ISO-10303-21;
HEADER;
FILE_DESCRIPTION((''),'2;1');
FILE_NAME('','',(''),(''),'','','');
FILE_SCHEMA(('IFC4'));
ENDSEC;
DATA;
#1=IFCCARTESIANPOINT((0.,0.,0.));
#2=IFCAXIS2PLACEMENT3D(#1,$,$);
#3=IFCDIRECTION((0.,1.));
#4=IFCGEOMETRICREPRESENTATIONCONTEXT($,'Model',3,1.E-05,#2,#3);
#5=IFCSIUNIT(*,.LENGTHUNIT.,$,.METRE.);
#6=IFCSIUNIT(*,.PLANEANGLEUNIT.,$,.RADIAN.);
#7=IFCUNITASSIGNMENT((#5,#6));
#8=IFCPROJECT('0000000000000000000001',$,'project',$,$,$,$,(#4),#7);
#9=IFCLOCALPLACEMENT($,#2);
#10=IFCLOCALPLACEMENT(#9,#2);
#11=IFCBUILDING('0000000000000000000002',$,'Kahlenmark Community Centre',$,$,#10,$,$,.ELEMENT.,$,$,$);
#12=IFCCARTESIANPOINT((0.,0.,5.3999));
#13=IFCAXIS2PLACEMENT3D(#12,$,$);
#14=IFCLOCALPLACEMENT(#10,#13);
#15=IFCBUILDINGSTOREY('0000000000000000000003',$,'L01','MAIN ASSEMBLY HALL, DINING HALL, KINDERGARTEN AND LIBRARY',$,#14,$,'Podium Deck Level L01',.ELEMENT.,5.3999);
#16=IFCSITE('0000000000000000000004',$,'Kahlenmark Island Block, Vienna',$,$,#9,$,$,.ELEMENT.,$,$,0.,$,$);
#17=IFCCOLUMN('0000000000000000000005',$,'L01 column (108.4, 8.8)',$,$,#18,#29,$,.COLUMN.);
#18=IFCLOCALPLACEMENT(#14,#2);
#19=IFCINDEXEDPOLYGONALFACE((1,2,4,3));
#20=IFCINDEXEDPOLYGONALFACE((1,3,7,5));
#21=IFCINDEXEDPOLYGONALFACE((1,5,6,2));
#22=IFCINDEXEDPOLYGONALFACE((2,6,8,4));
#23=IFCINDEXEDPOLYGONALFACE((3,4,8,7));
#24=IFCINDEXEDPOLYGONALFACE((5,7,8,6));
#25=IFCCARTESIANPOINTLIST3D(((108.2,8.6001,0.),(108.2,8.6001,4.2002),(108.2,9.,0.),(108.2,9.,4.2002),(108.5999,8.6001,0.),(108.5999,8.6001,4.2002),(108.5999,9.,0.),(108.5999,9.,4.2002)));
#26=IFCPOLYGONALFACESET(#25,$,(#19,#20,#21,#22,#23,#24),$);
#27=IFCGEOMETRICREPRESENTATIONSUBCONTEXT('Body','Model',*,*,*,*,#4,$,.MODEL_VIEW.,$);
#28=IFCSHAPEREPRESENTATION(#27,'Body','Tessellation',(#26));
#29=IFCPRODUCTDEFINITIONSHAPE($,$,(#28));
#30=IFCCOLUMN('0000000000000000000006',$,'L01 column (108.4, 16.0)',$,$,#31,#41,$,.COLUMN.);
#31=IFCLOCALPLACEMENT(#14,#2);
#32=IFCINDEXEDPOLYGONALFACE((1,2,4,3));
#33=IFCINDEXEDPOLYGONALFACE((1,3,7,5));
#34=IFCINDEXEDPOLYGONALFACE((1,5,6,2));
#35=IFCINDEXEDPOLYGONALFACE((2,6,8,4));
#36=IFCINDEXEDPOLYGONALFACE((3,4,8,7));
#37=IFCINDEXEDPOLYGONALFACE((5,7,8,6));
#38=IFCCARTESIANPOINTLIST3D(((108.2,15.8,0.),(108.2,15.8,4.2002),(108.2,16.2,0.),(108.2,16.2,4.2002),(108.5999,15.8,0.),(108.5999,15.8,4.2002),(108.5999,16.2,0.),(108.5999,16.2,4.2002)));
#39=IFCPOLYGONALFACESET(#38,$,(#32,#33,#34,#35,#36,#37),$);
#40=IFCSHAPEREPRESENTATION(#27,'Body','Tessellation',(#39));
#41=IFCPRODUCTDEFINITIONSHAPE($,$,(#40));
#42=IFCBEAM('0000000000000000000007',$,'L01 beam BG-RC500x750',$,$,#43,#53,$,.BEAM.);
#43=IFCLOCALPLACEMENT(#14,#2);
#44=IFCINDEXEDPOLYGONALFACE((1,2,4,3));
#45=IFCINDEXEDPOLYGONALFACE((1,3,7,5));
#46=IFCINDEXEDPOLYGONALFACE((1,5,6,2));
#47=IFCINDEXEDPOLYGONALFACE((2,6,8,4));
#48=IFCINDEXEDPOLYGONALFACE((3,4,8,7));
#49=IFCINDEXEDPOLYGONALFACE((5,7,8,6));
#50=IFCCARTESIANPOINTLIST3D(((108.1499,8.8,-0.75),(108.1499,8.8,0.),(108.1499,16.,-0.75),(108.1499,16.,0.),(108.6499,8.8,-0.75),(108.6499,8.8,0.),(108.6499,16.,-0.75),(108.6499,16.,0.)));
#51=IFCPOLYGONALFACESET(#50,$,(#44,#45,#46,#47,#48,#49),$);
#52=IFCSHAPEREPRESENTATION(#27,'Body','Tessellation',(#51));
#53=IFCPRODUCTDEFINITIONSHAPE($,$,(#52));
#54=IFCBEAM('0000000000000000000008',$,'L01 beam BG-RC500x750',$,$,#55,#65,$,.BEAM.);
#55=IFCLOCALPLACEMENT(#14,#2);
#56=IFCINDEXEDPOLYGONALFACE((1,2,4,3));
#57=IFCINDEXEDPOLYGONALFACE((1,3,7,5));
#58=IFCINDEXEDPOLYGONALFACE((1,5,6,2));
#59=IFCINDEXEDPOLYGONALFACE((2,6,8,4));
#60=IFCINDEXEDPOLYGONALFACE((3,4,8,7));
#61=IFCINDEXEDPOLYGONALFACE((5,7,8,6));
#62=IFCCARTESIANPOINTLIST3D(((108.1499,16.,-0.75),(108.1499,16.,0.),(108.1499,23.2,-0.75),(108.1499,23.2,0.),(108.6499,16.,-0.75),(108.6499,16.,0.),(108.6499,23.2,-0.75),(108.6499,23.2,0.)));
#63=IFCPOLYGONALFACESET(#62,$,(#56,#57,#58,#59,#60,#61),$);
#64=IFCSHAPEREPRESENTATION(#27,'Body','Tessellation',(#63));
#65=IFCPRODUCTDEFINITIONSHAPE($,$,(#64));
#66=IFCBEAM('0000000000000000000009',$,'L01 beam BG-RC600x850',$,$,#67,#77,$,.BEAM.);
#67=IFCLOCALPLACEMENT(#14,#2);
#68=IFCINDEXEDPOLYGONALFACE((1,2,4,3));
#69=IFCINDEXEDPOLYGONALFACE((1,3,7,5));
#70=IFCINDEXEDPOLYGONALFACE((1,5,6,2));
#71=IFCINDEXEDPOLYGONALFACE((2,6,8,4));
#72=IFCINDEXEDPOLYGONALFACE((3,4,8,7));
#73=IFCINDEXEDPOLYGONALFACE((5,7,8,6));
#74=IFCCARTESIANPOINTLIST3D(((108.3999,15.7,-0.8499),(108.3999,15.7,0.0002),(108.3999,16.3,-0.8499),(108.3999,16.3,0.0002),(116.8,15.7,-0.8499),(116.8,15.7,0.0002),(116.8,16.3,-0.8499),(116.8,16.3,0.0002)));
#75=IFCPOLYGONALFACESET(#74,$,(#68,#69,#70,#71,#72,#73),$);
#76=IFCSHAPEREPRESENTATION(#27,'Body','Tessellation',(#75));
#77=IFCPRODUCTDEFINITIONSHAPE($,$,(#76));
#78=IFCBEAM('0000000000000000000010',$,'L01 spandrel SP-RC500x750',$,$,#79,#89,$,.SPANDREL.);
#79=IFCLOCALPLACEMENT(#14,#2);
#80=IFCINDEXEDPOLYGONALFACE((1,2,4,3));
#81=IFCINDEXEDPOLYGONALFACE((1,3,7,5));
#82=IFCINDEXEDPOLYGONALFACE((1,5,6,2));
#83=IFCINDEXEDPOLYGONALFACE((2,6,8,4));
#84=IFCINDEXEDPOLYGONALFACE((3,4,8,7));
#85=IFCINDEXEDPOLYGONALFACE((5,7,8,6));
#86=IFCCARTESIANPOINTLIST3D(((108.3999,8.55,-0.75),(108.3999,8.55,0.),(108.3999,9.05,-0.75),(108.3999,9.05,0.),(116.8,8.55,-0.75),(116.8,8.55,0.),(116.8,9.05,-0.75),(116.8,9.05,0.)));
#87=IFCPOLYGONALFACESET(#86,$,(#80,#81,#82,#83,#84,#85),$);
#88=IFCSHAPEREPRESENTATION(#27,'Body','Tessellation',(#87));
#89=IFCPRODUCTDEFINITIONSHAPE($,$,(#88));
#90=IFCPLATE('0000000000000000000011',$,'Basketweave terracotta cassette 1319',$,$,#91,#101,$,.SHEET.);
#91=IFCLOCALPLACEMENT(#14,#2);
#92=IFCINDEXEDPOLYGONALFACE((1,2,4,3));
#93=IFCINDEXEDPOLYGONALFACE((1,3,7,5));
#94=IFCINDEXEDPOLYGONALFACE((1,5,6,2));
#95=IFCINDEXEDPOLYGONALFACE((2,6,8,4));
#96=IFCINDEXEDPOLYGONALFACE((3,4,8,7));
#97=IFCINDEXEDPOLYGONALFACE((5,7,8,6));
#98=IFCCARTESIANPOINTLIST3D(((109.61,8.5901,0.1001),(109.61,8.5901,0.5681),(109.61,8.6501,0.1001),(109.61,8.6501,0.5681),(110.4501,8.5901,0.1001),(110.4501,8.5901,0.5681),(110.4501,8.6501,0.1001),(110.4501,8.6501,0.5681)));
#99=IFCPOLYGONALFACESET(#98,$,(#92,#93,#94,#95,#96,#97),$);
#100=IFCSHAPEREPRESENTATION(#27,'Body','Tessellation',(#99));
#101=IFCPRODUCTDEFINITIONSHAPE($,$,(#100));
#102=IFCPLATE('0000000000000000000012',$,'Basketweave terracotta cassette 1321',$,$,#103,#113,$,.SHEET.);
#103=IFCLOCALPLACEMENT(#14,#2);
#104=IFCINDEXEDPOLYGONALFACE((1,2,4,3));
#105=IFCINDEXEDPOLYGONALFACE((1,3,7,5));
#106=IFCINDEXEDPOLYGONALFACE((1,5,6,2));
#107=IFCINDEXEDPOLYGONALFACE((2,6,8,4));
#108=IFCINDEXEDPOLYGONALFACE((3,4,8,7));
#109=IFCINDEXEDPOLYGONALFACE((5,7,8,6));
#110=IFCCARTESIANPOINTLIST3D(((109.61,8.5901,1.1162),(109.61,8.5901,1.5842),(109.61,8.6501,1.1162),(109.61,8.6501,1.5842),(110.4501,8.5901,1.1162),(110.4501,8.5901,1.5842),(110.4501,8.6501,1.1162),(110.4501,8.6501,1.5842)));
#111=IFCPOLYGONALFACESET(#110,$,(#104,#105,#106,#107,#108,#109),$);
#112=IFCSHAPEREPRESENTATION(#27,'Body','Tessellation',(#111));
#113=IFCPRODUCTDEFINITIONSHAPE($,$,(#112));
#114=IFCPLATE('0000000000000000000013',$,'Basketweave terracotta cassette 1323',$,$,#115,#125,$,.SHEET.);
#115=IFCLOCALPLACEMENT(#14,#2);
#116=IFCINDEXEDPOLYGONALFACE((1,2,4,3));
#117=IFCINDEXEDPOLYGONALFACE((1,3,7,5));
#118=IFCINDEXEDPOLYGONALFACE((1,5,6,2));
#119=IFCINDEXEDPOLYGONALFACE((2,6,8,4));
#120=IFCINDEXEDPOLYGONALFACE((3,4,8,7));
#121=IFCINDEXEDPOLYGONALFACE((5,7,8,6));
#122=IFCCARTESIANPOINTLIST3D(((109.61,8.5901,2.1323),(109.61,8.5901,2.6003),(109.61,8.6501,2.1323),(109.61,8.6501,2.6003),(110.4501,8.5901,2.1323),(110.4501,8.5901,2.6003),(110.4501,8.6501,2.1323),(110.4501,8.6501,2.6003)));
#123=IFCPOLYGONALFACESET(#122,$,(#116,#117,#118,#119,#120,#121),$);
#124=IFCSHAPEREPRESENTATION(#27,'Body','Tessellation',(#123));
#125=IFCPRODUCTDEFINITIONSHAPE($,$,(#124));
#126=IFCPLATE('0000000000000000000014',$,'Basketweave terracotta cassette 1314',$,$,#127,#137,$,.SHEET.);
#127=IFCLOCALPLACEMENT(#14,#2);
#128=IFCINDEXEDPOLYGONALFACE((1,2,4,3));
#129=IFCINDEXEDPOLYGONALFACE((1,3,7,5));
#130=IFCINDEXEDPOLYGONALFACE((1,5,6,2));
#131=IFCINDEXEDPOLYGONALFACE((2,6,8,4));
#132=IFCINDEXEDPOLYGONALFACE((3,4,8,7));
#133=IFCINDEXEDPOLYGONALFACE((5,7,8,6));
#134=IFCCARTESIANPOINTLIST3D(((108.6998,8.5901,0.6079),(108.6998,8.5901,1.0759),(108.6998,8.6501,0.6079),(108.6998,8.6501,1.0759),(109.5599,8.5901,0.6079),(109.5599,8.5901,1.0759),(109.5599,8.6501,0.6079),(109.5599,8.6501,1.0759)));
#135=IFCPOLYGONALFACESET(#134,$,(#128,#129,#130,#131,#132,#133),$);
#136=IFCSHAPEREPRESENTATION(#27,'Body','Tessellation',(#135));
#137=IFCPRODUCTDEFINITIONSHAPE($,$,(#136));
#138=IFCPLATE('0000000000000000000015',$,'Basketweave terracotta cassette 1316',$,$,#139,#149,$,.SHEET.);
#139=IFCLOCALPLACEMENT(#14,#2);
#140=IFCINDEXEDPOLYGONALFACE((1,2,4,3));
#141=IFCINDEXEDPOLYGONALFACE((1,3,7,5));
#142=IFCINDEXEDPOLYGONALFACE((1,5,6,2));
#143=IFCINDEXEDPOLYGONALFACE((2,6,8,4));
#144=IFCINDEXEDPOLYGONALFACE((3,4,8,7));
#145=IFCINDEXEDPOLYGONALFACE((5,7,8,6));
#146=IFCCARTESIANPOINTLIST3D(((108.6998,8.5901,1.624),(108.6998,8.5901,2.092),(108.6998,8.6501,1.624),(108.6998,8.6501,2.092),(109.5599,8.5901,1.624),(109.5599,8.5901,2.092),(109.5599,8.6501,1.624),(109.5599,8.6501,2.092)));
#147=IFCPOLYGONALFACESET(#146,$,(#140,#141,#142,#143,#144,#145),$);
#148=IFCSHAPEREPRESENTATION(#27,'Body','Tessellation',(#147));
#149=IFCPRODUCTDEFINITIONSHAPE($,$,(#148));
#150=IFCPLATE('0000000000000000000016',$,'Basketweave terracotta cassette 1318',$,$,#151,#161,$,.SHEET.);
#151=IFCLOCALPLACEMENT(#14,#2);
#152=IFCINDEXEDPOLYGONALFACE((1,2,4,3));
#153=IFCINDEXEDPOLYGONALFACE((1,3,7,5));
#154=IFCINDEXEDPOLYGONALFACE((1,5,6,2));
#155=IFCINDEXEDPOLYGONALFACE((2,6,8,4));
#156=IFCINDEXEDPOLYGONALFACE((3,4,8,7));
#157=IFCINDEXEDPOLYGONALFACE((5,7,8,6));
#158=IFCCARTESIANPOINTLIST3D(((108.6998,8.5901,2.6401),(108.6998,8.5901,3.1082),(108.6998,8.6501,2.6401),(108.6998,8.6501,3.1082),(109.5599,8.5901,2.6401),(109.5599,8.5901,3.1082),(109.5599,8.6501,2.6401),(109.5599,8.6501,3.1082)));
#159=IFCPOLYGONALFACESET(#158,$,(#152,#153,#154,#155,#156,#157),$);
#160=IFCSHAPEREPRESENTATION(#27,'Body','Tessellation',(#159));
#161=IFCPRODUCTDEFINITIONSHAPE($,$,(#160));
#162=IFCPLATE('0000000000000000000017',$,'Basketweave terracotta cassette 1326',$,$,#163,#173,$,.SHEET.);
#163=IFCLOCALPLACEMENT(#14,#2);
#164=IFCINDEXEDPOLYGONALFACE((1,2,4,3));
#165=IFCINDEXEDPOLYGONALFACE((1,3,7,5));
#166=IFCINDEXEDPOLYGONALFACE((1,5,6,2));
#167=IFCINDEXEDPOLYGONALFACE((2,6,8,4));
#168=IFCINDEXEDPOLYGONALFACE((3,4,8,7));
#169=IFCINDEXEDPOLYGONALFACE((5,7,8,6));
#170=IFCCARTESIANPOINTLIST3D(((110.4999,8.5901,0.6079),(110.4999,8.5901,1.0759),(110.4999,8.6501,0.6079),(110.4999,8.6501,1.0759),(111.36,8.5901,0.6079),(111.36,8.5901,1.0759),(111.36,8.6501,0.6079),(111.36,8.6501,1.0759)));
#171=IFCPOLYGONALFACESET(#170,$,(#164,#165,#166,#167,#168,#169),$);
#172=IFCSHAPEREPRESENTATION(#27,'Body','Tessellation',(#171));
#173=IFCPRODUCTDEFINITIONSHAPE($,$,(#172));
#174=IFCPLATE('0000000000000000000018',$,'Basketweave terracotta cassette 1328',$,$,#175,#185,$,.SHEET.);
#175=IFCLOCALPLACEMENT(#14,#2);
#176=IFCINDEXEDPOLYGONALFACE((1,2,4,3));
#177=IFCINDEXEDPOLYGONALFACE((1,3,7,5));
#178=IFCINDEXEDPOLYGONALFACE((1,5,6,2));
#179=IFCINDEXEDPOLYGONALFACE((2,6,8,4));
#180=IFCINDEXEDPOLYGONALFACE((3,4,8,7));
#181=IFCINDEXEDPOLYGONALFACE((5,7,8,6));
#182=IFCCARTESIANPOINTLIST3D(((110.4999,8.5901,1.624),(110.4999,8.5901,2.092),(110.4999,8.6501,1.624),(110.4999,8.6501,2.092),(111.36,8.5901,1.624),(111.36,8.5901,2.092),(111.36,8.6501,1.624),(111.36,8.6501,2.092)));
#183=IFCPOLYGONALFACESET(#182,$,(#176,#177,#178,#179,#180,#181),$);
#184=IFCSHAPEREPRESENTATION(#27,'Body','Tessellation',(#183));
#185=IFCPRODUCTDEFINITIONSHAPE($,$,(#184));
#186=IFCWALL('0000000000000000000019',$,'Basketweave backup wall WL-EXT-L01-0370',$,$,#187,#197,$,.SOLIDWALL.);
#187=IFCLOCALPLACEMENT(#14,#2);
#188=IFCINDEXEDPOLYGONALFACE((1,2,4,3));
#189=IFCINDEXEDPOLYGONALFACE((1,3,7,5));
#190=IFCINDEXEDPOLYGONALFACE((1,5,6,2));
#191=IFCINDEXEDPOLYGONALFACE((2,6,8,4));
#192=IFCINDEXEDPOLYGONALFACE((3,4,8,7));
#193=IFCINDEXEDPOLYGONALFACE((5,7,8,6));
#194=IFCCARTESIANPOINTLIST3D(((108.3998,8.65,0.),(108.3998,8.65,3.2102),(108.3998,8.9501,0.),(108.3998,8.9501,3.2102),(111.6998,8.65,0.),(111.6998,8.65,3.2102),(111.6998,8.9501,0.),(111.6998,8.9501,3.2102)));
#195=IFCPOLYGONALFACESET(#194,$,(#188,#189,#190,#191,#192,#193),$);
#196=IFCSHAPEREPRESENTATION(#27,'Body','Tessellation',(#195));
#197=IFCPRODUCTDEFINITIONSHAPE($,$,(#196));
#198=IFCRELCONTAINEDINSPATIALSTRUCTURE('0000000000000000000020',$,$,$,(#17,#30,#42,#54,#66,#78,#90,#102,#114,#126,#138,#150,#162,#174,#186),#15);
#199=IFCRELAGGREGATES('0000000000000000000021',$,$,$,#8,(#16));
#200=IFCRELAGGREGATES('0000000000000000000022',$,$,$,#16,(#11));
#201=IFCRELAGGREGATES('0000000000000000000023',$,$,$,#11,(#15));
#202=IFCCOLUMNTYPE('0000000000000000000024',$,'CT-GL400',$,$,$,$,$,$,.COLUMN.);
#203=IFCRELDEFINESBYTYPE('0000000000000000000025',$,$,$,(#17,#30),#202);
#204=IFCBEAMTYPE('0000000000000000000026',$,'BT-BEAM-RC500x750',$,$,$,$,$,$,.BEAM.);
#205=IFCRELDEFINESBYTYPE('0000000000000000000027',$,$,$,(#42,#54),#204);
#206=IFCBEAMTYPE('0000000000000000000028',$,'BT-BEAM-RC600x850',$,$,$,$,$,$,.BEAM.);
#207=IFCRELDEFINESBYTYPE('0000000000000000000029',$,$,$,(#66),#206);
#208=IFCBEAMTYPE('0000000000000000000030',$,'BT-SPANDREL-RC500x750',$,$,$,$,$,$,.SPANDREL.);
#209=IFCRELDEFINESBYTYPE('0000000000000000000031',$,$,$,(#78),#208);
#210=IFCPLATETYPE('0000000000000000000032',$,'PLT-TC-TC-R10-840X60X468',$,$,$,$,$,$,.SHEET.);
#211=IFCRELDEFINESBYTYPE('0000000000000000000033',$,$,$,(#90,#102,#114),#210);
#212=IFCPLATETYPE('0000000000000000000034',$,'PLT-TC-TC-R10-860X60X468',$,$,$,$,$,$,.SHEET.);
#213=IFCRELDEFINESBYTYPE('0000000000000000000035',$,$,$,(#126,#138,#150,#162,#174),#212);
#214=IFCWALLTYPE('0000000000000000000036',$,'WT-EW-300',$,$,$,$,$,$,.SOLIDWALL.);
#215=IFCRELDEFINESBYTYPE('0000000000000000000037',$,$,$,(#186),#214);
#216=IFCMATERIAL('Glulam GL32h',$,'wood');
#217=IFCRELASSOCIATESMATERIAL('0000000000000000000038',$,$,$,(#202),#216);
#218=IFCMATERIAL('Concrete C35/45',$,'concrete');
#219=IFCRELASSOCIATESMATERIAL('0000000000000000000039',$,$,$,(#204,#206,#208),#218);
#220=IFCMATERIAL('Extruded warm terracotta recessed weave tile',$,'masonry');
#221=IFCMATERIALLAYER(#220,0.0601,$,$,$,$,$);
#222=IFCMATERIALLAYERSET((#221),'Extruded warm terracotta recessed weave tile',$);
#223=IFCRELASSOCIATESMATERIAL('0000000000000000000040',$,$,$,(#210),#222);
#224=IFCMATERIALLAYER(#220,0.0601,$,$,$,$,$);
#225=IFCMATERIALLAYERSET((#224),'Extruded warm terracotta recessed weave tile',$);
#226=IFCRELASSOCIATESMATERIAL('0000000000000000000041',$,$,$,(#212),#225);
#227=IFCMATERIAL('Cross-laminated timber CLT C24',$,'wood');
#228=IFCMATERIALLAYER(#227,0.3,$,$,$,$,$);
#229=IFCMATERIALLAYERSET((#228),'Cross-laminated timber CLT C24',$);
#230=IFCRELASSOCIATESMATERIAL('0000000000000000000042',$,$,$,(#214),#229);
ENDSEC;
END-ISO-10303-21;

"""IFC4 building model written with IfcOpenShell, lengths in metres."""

from ifc_helpers import new_model, si_unit, direction, frame, frame_2d, origin, origin_2d, place, context, subcontext, project, spatial, rectangle, extrude, material, layer, layer_set, material_profile, profile_set, type_object, element, save


model = new_model("IFC4")

# Units and contexts
model_context = context("Model", 3, precision=1e-05, world=origin(), true_north=direction((0.0, 1.0)))
body_context = subcontext(model_context, "Body", "Model", "MODEL_VIEW")
ifc_project = project(units=[si_unit("LENGTHUNIT", "METRE"), si_unit("PLANEANGLEUNIT", "RADIAN")], contexts=[model_context])

# Site, building, storey
site_placement = place(None, origin())
site = spatial("IfcSite", under=ifc_project, at=site_placement, Name="Kahlenmark Island Block, Vienna", CompositionType="ELEMENT", RefElevation=0.0)
building_placement = place(site_placement, origin())
building = spatial("IfcBuilding", under=site, at=building_placement, Name="Kahlenmark Community Centre", CompositionType="ELEMENT")
storey_placement = place(building_placement, frame((0.0, 0.0, 5.3999)))
storey = spatial("IfcBuildingStorey", under=building, at=storey_placement, Name="L01", Description="MAIN ASSEMBLY HALL, DINING HALL, KINDERGARTEN AND LIBRARY", LongName="Podium Deck Level L01", CompositionType="ELEMENT", Elevation=5.3999)

# Columns
ifc_material_1 = material(Name="Glulam GL32h", Category="wood")
ifc_material_profile_1 = material_profile(ifc_material_1, rectangle(XDim=0.3999, YDim=0.3999, at=origin_2d()), Name="GL32h 400x400")
ifc_profile_set_1 = profile_set([ifc_material_profile_1], Name="Glulam GL32h")
column_type = type_object("IfcColumnType", Name="CT-GL400", PredefinedType="COLUMN", material=ifc_profile_set_1)
for number, where, z_axis, x_axis, name in (
    (1, (108.3999, 8.8, 0.0), (0.0, 0.0, 1.0), (1.0, 0.0, 0.0), "L01 column (108.4, 8.8)"),
    (2, (108.3999, 16.0, 0.0), (0.0, 0.0, 1.0), (1.0, 0.0, 0.0), "L01 column (108.4, 16.0)"),
):
    element("IfcColumn", number, at=place(storey_placement, frame(where, z_axis=z_axis, x_axis=x_axis)), inside=storey, type_object=column_type, Name=name, PredefinedType="COLUMN", context=body_context, shape_type="SweptSolid", body=[
        extrude(rectangle(XDim=0.3999, YDim=0.3999, at=origin_2d()), origin(), (0.0, 0.0, 1.0), 4.2002),
    ])

# Beams
ifc_material_2 = material(Name="Concrete C35/45", Category="concrete")
ifc_material_profile_2 = material_profile(ifc_material_2, rectangle(XDim=0.5, YDim=0.75, at=origin_2d()), Name="RC 500x750")
ifc_profile_set_2 = profile_set([ifc_material_profile_2], Name="Concrete C35/45")
beam_type_1 = type_object("IfcBeamType", Name="BT-BEAM-RC500x750", PredefinedType="BEAM", material=ifc_profile_set_2)
for number, where, z_axis, x_axis, name in (
    (3, (108.3999, 8.8, -0.375), (0.0, 1.0, 0.0), (-1.0, 0.0, 0.0), "L01 beam BG-RC500x750"),
    (4, (108.3999, 16.0, -0.375), (0.0, 1.0, 0.0), (-1.0, 0.0, 0.0), "L01 beam BG-RC500x750"),
):
    element("IfcBeam", number, at=place(storey_placement, frame(where, z_axis=z_axis, x_axis=x_axis)), inside=storey, type_object=beam_type_1, Name=name, PredefinedType="BEAM", context=body_context, shape_type="SweptSolid", body=[
        extrude(rectangle(XDim=0.5, YDim=0.75, at=origin_2d()), origin(), (0.0, 0.0, 1.0), 7.2),
    ])
ifc_material_profile_3 = material_profile(ifc_material_2, rectangle(XDim=0.6001, YDim=0.8501, at=origin_2d()), Name="RC 600x850")
ifc_profile_set_3 = profile_set([ifc_material_profile_3], Name="Concrete C35/45")
beam_type_2 = type_object("IfcBeamType", Name="BT-BEAM-RC600x850", PredefinedType="BEAM", material=ifc_profile_set_3)
beam_1_placement = place(storey_placement, frame((108.3999, 16.0, -0.4248), z_axis=(1.0, 0.0, 0.0), x_axis=(0.0, 1.0, 0.0)))
element("IfcBeam", 5, at=beam_1_placement, inside=storey, type_object=beam_type_2, Name="L01 beam BG-RC600x850", PredefinedType="BEAM", context=body_context, shape_type="SweptSolid", body=[
    extrude(rectangle(XDim=0.6001, YDim=0.8501, at=origin_2d()), origin(), (0.0, 0.0, 1.0), 8.4001),
])
ifc_material_profile_4 = material_profile(ifc_material_2, rectangle(XDim=0.5, YDim=0.75, at=origin_2d()), Name="RC 500x750")
ifc_profile_set_4 = profile_set([ifc_material_profile_4], Name="Concrete C35/45")
beam_type_3 = type_object("IfcBeamType", Name="BT-SPANDREL-RC500x750", PredefinedType="SPANDREL", material=ifc_profile_set_4)
beam_2_placement = place(storey_placement, frame((108.3999, 8.8, -0.375), z_axis=(1.0, 0.0, 0.0), x_axis=(0.0, 1.0, 0.0)))
element("IfcBeam", 6, at=beam_2_placement, inside=storey, type_object=beam_type_3, Name="L01 spandrel SP-RC500x750", PredefinedType="SPANDREL", context=body_context, shape_type="SweptSolid", body=[
    extrude(rectangle(XDim=0.5, YDim=0.75, at=origin_2d()), origin(), (0.0, 0.0, 1.0), 8.4001),
])

# Plates
ifc_material_3 = material(Name="Extruded warm terracotta recessed weave tile", Category="masonry")
ifc_layer_1 = layer(ifc_material_3, 0.0601)
ifc_layer_set_1 = layer_set([ifc_layer_1], Name="Extruded warm terracotta recessed weave tile")
plate_type_1 = type_object("IfcPlateType", Name="PLT-TC-TC-R10-840X60X468", PredefinedType="SHEET", material=ifc_layer_set_1)
for number, where, z_axis, x_axis, name in (
    (7, (110.03, 8.6201, 0.1001), (0.0, 0.0, 1.0), (1.0, 0.0, 0.0), "Basketweave terracotta cassette 1319"),
    (8, (110.03, 8.6201, 1.1162), (0.0, 0.0, 1.0), (1.0, 0.0, 0.0), "Basketweave terracotta cassette 1321"),
    (9, (110.03, 8.6201, 2.1323), (0.0, 0.0, 1.0), (1.0, 0.0, 0.0), "Basketweave terracotta cassette 1323"),
):
    element("IfcPlate", number, at=place(storey_placement, frame(where, z_axis=z_axis, x_axis=x_axis)), inside=storey, type_object=plate_type_1, Name=name, PredefinedType="SHEET", context=body_context, shape_type="SweptSolid", body=[
        extrude(rectangle(XDim=0.8401, YDim=0.0601, at=origin_2d()), origin(), (0.0, 0.0, 1.0), 0.468),
    ])
ifc_layer_2 = layer(ifc_material_3, 0.0601)
ifc_layer_set_2 = layer_set([ifc_layer_2], Name="Extruded warm terracotta recessed weave tile")
plate_type_2 = type_object("IfcPlateType", Name="PLT-TC-TC-R10-860X60X468", PredefinedType="SHEET", material=ifc_layer_set_2)
for number, where, z_axis, x_axis, name in (
    (10, (109.1299, 8.6201, 0.6079), (0.0, 0.0, 1.0), (1.0, 0.0, 0.0), "Basketweave terracotta cassette 1314"),
    (11, (109.1299, 8.6201, 1.624), (0.0, 0.0, 1.0), (1.0, 0.0, 0.0), "Basketweave terracotta cassette 1316"),
    (12, (109.1299, 8.6201, 2.6401), (0.0, 0.0, 1.0), (1.0, 0.0, 0.0), "Basketweave terracotta cassette 1318"),
    (13, (110.9299, 8.6201, 0.6079), (0.0, 0.0, 1.0), (1.0, 0.0, 0.0), "Basketweave terracotta cassette 1326"),
    (14, (110.9299, 8.6201, 1.624), (0.0, 0.0, 1.0), (1.0, 0.0, 0.0), "Basketweave terracotta cassette 1328"),
):
    element("IfcPlate", number, at=place(storey_placement, frame(where, z_axis=z_axis, x_axis=x_axis)), inside=storey, type_object=plate_type_2, Name=name, PredefinedType="SHEET", context=body_context, shape_type="SweptSolid", body=[
        extrude(rectangle(XDim=0.8601, YDim=0.0601, at=origin_2d()), origin(), (0.0, 0.0, 1.0), 0.468),
    ])

# Wall
ifc_material_4 = material(Name="Cross-laminated timber CLT C24", Category="wood")
ifc_layer_3 = layer(ifc_material_4, 0.3)
ifc_layer_set_3 = layer_set([ifc_layer_3], Name="Cross-laminated timber CLT C24")
wall_type_1 = type_object("IfcWallType", Name="WT-EW-300", PredefinedType="SOLIDWALL", material=ifc_layer_set_3)
wall_1_placement = place(storey_placement, frame((108.3999, 8.8, 0.0), z_axis=(0.0, 0.0, 1.0), x_axis=(1.0, 0.0, 0.0)))
element("IfcWall", 15, at=wall_1_placement, inside=storey, type_object=wall_type_1, Name="Basketweave backup wall WL-EXT-L01-0370", PredefinedType="SOLIDWALL", context=body_context, shape_type="SweptSolid", body=[
    extrude(rectangle(XDim=3.3, YDim=0.3, at=frame_2d((1.6499, 0.0))), origin(), (0.0, 0.0, 1.0), 3.2102),
])

save(model, "model.ifc")
